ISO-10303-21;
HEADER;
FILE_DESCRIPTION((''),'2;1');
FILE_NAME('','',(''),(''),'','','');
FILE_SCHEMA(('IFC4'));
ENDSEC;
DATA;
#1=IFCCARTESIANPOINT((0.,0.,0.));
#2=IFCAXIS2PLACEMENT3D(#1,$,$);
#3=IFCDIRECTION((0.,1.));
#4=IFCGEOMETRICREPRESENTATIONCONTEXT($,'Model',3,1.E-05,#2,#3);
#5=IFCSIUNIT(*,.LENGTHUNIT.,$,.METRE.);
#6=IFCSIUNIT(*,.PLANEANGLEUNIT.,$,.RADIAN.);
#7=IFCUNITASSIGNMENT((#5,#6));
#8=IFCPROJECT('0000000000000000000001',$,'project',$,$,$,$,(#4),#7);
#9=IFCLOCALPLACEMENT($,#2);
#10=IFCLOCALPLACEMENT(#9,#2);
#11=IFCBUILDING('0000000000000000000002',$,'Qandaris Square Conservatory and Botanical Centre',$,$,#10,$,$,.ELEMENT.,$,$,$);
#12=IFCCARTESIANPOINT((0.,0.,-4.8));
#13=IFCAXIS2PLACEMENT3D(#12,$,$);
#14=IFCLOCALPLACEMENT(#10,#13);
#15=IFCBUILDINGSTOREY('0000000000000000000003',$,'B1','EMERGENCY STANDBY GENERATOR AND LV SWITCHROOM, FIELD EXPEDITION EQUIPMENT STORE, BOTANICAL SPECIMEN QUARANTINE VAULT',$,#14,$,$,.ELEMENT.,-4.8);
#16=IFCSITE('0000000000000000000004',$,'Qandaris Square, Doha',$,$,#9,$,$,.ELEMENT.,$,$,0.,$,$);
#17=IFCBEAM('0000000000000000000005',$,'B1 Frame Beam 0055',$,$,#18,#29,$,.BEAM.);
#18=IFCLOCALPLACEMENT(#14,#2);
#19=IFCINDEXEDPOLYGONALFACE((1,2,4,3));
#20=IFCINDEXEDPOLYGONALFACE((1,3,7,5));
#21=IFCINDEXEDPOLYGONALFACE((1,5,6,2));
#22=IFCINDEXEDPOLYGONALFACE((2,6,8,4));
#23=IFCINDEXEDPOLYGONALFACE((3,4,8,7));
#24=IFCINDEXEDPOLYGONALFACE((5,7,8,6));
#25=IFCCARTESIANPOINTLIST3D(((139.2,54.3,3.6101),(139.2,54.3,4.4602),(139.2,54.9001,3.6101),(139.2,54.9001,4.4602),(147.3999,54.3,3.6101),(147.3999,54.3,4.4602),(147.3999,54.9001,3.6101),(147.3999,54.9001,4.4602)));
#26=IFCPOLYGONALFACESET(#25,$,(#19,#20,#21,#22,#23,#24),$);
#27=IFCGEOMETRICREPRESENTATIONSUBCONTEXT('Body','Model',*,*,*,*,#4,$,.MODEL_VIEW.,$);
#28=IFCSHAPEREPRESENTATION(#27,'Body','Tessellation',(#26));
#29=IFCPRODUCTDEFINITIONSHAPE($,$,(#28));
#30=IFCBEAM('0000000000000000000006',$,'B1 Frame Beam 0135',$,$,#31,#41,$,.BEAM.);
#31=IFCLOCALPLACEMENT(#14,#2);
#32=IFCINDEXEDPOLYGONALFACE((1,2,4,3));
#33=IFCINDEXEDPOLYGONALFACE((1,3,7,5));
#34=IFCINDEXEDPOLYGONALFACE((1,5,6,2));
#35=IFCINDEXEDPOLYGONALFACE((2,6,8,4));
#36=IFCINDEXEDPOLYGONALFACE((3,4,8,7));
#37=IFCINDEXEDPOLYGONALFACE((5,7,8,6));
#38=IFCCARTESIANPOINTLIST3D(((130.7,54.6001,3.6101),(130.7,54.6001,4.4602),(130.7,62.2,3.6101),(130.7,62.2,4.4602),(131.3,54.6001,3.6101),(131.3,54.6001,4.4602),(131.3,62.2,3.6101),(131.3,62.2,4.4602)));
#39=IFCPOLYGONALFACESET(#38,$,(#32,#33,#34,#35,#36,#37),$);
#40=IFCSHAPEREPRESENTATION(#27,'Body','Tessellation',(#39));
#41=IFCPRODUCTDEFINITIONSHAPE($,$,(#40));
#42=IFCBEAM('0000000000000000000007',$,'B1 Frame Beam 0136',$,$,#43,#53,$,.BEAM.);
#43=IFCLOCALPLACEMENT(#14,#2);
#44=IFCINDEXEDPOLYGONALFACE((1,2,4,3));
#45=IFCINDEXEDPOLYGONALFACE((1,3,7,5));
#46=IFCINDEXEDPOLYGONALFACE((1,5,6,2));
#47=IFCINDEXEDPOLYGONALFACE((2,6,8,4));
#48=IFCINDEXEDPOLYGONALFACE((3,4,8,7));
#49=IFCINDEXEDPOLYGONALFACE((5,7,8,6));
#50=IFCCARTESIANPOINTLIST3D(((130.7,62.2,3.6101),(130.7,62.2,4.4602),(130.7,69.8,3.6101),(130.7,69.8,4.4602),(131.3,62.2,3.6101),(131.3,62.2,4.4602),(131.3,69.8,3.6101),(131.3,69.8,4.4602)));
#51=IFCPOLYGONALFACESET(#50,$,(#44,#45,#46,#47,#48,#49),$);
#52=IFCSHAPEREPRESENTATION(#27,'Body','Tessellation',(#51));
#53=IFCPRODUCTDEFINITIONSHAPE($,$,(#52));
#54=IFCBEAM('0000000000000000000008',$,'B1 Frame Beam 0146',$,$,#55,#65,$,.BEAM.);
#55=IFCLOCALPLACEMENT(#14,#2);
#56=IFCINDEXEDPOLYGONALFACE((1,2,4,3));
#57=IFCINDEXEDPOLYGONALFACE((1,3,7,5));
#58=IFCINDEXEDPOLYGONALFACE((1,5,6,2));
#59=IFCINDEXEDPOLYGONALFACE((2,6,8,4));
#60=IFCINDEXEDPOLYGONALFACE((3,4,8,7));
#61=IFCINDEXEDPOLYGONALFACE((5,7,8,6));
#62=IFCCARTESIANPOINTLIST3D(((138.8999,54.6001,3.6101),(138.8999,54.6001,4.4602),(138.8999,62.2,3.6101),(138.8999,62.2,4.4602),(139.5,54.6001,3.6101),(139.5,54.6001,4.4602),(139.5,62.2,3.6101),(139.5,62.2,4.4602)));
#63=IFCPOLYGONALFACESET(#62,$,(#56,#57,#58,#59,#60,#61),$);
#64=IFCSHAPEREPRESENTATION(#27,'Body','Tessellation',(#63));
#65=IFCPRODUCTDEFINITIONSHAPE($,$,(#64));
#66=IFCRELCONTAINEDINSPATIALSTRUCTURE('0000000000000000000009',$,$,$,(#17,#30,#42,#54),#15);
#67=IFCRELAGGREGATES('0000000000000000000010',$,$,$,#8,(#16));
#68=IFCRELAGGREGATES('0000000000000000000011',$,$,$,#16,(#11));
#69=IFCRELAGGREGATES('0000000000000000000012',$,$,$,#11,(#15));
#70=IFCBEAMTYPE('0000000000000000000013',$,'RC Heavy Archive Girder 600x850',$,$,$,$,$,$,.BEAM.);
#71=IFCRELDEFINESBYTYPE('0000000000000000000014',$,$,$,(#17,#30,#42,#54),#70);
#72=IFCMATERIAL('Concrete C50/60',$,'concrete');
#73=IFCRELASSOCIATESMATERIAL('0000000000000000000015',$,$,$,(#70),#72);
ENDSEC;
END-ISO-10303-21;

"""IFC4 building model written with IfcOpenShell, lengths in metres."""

from ifc_helpers import new_model, si_unit, direction, frame, origin, origin_2d, place, context, subcontext, project, spatial, rectangle, extrude, material, material_profile, profile_set, type_object, element, save


model = new_model("IFC4")

# Units and contexts
model_context = context("Model", 3, precision=1e-05, world=origin(), true_north=direction((0.0, 1.0)))
body_context = subcontext(model_context, "Body", "Model", "MODEL_VIEW")
ifc_project = project(units=[si_unit("LENGTHUNIT", "METRE"), si_unit("PLANEANGLEUNIT", "RADIAN")], contexts=[model_context])

# Site, building, storey
site_placement = place(None, origin())
site = spatial("IfcSite", under=ifc_project, at=site_placement, Name="Qandaris Square, Doha", CompositionType="ELEMENT", RefElevation=0.0)
building_placement = place(site_placement, origin())
building = spatial("IfcBuilding", under=site, at=building_placement, Name="Qandaris Square Conservatory and Botanical Centre", CompositionType="ELEMENT")
storey_placement = place(building_placement, frame((0.0, 0.0, -4.8)))
storey = spatial("IfcBuildingStorey", under=building, at=storey_placement, Name="B1", Description="EMERGENCY STANDBY GENERATOR AND LV SWITCHROOM, FIELD EXPEDITION EQUIPMENT STORE, BOTANICAL SPECIMEN QUARANTINE VAULT", CompositionType="ELEMENT", Elevation=-4.8)

# Shared definitions
ifc_material_1 = material(Name="Concrete C50/60", Category="concrete")

# Beams
ifc_material_profile_1 = material_profile(ifc_material_1, rectangle(XDim=0.6001, YDim=0.8501, at=origin_2d()), Name="RC-BM 600x850")
ifc_profile_set_1 = profile_set([ifc_material_profile_1], Name="Concrete C50/60")
beam_type_1 = type_object("IfcBeamType", Name="RC Heavy Archive Girder 600x850", PredefinedType="BEAM", material=ifc_profile_set_1)
beam_1_placement = place(storey_placement, frame((139.2, 54.6001, 4.0352), z_axis=(1.0, 0.0, 0.0), x_axis=(0.0, 1.0, 0.0)))
element("IfcBeam", 1, at=beam_1_placement, inside=storey, type_object=beam_type_1, Name="B1 Frame Beam 0055", PredefinedType="BEAM", context=body_context, shape_type="SweptSolid", body=[
    extrude(rectangle(XDim=0.6001, YDim=0.8501, at=origin_2d()), origin(), (0.0, 0.0, 1.0), 8.2),
])
beam_2_placement = place(storey_placement, frame((131.0, 54.6001, 4.0352), z_axis=(0.0, 1.0, 0.0), x_axis=(-1.0, 0.0, 0.0)))
element("IfcBeam", 2, at=beam_2_placement, inside=storey, type_object=beam_type_1, Name="B1 Frame Beam 0135", PredefinedType="BEAM", context=body_context, shape_type="SweptSolid", body=[
    extrude(rectangle(XDim=0.6001, YDim=0.8501, at=origin_2d()), origin(), (0.0, 0.0, 1.0), 7.5999),
])
beam_3_placement = place(storey_placement, frame((131.0, 62.2, 4.0352), z_axis=(0.0, 1.0, 0.0), x_axis=(-1.0, 0.0, 0.0)))
element("IfcBeam", 3, at=beam_3_placement, inside=storey, type_object=beam_type_1, Name="B1 Frame Beam 0136", PredefinedType="BEAM", context=body_context, shape_type="SweptSolid", body=[
    extrude(rectangle(XDim=0.6001, YDim=0.8501, at=origin_2d()), origin(), (0.0, 0.0, 1.0), 7.6001),
])
beam_4_placement = place(storey_placement, frame((139.2, 54.6001, 4.0352), z_axis=(0.0, 1.0, 0.0), x_axis=(-1.0, 0.0, 0.0)))
element("IfcBeam", 4, at=beam_4_placement, inside=storey, type_object=beam_type_1, Name="B1 Frame Beam 0146", PredefinedType="BEAM", context=body_context, shape_type="SweptSolid", body=[
    extrude(rectangle(XDim=0.6001, YDim=0.8501, at=origin_2d()), origin(), (0.0, 0.0, 1.0), 7.5999),
])

save(model, "model.ifc")
